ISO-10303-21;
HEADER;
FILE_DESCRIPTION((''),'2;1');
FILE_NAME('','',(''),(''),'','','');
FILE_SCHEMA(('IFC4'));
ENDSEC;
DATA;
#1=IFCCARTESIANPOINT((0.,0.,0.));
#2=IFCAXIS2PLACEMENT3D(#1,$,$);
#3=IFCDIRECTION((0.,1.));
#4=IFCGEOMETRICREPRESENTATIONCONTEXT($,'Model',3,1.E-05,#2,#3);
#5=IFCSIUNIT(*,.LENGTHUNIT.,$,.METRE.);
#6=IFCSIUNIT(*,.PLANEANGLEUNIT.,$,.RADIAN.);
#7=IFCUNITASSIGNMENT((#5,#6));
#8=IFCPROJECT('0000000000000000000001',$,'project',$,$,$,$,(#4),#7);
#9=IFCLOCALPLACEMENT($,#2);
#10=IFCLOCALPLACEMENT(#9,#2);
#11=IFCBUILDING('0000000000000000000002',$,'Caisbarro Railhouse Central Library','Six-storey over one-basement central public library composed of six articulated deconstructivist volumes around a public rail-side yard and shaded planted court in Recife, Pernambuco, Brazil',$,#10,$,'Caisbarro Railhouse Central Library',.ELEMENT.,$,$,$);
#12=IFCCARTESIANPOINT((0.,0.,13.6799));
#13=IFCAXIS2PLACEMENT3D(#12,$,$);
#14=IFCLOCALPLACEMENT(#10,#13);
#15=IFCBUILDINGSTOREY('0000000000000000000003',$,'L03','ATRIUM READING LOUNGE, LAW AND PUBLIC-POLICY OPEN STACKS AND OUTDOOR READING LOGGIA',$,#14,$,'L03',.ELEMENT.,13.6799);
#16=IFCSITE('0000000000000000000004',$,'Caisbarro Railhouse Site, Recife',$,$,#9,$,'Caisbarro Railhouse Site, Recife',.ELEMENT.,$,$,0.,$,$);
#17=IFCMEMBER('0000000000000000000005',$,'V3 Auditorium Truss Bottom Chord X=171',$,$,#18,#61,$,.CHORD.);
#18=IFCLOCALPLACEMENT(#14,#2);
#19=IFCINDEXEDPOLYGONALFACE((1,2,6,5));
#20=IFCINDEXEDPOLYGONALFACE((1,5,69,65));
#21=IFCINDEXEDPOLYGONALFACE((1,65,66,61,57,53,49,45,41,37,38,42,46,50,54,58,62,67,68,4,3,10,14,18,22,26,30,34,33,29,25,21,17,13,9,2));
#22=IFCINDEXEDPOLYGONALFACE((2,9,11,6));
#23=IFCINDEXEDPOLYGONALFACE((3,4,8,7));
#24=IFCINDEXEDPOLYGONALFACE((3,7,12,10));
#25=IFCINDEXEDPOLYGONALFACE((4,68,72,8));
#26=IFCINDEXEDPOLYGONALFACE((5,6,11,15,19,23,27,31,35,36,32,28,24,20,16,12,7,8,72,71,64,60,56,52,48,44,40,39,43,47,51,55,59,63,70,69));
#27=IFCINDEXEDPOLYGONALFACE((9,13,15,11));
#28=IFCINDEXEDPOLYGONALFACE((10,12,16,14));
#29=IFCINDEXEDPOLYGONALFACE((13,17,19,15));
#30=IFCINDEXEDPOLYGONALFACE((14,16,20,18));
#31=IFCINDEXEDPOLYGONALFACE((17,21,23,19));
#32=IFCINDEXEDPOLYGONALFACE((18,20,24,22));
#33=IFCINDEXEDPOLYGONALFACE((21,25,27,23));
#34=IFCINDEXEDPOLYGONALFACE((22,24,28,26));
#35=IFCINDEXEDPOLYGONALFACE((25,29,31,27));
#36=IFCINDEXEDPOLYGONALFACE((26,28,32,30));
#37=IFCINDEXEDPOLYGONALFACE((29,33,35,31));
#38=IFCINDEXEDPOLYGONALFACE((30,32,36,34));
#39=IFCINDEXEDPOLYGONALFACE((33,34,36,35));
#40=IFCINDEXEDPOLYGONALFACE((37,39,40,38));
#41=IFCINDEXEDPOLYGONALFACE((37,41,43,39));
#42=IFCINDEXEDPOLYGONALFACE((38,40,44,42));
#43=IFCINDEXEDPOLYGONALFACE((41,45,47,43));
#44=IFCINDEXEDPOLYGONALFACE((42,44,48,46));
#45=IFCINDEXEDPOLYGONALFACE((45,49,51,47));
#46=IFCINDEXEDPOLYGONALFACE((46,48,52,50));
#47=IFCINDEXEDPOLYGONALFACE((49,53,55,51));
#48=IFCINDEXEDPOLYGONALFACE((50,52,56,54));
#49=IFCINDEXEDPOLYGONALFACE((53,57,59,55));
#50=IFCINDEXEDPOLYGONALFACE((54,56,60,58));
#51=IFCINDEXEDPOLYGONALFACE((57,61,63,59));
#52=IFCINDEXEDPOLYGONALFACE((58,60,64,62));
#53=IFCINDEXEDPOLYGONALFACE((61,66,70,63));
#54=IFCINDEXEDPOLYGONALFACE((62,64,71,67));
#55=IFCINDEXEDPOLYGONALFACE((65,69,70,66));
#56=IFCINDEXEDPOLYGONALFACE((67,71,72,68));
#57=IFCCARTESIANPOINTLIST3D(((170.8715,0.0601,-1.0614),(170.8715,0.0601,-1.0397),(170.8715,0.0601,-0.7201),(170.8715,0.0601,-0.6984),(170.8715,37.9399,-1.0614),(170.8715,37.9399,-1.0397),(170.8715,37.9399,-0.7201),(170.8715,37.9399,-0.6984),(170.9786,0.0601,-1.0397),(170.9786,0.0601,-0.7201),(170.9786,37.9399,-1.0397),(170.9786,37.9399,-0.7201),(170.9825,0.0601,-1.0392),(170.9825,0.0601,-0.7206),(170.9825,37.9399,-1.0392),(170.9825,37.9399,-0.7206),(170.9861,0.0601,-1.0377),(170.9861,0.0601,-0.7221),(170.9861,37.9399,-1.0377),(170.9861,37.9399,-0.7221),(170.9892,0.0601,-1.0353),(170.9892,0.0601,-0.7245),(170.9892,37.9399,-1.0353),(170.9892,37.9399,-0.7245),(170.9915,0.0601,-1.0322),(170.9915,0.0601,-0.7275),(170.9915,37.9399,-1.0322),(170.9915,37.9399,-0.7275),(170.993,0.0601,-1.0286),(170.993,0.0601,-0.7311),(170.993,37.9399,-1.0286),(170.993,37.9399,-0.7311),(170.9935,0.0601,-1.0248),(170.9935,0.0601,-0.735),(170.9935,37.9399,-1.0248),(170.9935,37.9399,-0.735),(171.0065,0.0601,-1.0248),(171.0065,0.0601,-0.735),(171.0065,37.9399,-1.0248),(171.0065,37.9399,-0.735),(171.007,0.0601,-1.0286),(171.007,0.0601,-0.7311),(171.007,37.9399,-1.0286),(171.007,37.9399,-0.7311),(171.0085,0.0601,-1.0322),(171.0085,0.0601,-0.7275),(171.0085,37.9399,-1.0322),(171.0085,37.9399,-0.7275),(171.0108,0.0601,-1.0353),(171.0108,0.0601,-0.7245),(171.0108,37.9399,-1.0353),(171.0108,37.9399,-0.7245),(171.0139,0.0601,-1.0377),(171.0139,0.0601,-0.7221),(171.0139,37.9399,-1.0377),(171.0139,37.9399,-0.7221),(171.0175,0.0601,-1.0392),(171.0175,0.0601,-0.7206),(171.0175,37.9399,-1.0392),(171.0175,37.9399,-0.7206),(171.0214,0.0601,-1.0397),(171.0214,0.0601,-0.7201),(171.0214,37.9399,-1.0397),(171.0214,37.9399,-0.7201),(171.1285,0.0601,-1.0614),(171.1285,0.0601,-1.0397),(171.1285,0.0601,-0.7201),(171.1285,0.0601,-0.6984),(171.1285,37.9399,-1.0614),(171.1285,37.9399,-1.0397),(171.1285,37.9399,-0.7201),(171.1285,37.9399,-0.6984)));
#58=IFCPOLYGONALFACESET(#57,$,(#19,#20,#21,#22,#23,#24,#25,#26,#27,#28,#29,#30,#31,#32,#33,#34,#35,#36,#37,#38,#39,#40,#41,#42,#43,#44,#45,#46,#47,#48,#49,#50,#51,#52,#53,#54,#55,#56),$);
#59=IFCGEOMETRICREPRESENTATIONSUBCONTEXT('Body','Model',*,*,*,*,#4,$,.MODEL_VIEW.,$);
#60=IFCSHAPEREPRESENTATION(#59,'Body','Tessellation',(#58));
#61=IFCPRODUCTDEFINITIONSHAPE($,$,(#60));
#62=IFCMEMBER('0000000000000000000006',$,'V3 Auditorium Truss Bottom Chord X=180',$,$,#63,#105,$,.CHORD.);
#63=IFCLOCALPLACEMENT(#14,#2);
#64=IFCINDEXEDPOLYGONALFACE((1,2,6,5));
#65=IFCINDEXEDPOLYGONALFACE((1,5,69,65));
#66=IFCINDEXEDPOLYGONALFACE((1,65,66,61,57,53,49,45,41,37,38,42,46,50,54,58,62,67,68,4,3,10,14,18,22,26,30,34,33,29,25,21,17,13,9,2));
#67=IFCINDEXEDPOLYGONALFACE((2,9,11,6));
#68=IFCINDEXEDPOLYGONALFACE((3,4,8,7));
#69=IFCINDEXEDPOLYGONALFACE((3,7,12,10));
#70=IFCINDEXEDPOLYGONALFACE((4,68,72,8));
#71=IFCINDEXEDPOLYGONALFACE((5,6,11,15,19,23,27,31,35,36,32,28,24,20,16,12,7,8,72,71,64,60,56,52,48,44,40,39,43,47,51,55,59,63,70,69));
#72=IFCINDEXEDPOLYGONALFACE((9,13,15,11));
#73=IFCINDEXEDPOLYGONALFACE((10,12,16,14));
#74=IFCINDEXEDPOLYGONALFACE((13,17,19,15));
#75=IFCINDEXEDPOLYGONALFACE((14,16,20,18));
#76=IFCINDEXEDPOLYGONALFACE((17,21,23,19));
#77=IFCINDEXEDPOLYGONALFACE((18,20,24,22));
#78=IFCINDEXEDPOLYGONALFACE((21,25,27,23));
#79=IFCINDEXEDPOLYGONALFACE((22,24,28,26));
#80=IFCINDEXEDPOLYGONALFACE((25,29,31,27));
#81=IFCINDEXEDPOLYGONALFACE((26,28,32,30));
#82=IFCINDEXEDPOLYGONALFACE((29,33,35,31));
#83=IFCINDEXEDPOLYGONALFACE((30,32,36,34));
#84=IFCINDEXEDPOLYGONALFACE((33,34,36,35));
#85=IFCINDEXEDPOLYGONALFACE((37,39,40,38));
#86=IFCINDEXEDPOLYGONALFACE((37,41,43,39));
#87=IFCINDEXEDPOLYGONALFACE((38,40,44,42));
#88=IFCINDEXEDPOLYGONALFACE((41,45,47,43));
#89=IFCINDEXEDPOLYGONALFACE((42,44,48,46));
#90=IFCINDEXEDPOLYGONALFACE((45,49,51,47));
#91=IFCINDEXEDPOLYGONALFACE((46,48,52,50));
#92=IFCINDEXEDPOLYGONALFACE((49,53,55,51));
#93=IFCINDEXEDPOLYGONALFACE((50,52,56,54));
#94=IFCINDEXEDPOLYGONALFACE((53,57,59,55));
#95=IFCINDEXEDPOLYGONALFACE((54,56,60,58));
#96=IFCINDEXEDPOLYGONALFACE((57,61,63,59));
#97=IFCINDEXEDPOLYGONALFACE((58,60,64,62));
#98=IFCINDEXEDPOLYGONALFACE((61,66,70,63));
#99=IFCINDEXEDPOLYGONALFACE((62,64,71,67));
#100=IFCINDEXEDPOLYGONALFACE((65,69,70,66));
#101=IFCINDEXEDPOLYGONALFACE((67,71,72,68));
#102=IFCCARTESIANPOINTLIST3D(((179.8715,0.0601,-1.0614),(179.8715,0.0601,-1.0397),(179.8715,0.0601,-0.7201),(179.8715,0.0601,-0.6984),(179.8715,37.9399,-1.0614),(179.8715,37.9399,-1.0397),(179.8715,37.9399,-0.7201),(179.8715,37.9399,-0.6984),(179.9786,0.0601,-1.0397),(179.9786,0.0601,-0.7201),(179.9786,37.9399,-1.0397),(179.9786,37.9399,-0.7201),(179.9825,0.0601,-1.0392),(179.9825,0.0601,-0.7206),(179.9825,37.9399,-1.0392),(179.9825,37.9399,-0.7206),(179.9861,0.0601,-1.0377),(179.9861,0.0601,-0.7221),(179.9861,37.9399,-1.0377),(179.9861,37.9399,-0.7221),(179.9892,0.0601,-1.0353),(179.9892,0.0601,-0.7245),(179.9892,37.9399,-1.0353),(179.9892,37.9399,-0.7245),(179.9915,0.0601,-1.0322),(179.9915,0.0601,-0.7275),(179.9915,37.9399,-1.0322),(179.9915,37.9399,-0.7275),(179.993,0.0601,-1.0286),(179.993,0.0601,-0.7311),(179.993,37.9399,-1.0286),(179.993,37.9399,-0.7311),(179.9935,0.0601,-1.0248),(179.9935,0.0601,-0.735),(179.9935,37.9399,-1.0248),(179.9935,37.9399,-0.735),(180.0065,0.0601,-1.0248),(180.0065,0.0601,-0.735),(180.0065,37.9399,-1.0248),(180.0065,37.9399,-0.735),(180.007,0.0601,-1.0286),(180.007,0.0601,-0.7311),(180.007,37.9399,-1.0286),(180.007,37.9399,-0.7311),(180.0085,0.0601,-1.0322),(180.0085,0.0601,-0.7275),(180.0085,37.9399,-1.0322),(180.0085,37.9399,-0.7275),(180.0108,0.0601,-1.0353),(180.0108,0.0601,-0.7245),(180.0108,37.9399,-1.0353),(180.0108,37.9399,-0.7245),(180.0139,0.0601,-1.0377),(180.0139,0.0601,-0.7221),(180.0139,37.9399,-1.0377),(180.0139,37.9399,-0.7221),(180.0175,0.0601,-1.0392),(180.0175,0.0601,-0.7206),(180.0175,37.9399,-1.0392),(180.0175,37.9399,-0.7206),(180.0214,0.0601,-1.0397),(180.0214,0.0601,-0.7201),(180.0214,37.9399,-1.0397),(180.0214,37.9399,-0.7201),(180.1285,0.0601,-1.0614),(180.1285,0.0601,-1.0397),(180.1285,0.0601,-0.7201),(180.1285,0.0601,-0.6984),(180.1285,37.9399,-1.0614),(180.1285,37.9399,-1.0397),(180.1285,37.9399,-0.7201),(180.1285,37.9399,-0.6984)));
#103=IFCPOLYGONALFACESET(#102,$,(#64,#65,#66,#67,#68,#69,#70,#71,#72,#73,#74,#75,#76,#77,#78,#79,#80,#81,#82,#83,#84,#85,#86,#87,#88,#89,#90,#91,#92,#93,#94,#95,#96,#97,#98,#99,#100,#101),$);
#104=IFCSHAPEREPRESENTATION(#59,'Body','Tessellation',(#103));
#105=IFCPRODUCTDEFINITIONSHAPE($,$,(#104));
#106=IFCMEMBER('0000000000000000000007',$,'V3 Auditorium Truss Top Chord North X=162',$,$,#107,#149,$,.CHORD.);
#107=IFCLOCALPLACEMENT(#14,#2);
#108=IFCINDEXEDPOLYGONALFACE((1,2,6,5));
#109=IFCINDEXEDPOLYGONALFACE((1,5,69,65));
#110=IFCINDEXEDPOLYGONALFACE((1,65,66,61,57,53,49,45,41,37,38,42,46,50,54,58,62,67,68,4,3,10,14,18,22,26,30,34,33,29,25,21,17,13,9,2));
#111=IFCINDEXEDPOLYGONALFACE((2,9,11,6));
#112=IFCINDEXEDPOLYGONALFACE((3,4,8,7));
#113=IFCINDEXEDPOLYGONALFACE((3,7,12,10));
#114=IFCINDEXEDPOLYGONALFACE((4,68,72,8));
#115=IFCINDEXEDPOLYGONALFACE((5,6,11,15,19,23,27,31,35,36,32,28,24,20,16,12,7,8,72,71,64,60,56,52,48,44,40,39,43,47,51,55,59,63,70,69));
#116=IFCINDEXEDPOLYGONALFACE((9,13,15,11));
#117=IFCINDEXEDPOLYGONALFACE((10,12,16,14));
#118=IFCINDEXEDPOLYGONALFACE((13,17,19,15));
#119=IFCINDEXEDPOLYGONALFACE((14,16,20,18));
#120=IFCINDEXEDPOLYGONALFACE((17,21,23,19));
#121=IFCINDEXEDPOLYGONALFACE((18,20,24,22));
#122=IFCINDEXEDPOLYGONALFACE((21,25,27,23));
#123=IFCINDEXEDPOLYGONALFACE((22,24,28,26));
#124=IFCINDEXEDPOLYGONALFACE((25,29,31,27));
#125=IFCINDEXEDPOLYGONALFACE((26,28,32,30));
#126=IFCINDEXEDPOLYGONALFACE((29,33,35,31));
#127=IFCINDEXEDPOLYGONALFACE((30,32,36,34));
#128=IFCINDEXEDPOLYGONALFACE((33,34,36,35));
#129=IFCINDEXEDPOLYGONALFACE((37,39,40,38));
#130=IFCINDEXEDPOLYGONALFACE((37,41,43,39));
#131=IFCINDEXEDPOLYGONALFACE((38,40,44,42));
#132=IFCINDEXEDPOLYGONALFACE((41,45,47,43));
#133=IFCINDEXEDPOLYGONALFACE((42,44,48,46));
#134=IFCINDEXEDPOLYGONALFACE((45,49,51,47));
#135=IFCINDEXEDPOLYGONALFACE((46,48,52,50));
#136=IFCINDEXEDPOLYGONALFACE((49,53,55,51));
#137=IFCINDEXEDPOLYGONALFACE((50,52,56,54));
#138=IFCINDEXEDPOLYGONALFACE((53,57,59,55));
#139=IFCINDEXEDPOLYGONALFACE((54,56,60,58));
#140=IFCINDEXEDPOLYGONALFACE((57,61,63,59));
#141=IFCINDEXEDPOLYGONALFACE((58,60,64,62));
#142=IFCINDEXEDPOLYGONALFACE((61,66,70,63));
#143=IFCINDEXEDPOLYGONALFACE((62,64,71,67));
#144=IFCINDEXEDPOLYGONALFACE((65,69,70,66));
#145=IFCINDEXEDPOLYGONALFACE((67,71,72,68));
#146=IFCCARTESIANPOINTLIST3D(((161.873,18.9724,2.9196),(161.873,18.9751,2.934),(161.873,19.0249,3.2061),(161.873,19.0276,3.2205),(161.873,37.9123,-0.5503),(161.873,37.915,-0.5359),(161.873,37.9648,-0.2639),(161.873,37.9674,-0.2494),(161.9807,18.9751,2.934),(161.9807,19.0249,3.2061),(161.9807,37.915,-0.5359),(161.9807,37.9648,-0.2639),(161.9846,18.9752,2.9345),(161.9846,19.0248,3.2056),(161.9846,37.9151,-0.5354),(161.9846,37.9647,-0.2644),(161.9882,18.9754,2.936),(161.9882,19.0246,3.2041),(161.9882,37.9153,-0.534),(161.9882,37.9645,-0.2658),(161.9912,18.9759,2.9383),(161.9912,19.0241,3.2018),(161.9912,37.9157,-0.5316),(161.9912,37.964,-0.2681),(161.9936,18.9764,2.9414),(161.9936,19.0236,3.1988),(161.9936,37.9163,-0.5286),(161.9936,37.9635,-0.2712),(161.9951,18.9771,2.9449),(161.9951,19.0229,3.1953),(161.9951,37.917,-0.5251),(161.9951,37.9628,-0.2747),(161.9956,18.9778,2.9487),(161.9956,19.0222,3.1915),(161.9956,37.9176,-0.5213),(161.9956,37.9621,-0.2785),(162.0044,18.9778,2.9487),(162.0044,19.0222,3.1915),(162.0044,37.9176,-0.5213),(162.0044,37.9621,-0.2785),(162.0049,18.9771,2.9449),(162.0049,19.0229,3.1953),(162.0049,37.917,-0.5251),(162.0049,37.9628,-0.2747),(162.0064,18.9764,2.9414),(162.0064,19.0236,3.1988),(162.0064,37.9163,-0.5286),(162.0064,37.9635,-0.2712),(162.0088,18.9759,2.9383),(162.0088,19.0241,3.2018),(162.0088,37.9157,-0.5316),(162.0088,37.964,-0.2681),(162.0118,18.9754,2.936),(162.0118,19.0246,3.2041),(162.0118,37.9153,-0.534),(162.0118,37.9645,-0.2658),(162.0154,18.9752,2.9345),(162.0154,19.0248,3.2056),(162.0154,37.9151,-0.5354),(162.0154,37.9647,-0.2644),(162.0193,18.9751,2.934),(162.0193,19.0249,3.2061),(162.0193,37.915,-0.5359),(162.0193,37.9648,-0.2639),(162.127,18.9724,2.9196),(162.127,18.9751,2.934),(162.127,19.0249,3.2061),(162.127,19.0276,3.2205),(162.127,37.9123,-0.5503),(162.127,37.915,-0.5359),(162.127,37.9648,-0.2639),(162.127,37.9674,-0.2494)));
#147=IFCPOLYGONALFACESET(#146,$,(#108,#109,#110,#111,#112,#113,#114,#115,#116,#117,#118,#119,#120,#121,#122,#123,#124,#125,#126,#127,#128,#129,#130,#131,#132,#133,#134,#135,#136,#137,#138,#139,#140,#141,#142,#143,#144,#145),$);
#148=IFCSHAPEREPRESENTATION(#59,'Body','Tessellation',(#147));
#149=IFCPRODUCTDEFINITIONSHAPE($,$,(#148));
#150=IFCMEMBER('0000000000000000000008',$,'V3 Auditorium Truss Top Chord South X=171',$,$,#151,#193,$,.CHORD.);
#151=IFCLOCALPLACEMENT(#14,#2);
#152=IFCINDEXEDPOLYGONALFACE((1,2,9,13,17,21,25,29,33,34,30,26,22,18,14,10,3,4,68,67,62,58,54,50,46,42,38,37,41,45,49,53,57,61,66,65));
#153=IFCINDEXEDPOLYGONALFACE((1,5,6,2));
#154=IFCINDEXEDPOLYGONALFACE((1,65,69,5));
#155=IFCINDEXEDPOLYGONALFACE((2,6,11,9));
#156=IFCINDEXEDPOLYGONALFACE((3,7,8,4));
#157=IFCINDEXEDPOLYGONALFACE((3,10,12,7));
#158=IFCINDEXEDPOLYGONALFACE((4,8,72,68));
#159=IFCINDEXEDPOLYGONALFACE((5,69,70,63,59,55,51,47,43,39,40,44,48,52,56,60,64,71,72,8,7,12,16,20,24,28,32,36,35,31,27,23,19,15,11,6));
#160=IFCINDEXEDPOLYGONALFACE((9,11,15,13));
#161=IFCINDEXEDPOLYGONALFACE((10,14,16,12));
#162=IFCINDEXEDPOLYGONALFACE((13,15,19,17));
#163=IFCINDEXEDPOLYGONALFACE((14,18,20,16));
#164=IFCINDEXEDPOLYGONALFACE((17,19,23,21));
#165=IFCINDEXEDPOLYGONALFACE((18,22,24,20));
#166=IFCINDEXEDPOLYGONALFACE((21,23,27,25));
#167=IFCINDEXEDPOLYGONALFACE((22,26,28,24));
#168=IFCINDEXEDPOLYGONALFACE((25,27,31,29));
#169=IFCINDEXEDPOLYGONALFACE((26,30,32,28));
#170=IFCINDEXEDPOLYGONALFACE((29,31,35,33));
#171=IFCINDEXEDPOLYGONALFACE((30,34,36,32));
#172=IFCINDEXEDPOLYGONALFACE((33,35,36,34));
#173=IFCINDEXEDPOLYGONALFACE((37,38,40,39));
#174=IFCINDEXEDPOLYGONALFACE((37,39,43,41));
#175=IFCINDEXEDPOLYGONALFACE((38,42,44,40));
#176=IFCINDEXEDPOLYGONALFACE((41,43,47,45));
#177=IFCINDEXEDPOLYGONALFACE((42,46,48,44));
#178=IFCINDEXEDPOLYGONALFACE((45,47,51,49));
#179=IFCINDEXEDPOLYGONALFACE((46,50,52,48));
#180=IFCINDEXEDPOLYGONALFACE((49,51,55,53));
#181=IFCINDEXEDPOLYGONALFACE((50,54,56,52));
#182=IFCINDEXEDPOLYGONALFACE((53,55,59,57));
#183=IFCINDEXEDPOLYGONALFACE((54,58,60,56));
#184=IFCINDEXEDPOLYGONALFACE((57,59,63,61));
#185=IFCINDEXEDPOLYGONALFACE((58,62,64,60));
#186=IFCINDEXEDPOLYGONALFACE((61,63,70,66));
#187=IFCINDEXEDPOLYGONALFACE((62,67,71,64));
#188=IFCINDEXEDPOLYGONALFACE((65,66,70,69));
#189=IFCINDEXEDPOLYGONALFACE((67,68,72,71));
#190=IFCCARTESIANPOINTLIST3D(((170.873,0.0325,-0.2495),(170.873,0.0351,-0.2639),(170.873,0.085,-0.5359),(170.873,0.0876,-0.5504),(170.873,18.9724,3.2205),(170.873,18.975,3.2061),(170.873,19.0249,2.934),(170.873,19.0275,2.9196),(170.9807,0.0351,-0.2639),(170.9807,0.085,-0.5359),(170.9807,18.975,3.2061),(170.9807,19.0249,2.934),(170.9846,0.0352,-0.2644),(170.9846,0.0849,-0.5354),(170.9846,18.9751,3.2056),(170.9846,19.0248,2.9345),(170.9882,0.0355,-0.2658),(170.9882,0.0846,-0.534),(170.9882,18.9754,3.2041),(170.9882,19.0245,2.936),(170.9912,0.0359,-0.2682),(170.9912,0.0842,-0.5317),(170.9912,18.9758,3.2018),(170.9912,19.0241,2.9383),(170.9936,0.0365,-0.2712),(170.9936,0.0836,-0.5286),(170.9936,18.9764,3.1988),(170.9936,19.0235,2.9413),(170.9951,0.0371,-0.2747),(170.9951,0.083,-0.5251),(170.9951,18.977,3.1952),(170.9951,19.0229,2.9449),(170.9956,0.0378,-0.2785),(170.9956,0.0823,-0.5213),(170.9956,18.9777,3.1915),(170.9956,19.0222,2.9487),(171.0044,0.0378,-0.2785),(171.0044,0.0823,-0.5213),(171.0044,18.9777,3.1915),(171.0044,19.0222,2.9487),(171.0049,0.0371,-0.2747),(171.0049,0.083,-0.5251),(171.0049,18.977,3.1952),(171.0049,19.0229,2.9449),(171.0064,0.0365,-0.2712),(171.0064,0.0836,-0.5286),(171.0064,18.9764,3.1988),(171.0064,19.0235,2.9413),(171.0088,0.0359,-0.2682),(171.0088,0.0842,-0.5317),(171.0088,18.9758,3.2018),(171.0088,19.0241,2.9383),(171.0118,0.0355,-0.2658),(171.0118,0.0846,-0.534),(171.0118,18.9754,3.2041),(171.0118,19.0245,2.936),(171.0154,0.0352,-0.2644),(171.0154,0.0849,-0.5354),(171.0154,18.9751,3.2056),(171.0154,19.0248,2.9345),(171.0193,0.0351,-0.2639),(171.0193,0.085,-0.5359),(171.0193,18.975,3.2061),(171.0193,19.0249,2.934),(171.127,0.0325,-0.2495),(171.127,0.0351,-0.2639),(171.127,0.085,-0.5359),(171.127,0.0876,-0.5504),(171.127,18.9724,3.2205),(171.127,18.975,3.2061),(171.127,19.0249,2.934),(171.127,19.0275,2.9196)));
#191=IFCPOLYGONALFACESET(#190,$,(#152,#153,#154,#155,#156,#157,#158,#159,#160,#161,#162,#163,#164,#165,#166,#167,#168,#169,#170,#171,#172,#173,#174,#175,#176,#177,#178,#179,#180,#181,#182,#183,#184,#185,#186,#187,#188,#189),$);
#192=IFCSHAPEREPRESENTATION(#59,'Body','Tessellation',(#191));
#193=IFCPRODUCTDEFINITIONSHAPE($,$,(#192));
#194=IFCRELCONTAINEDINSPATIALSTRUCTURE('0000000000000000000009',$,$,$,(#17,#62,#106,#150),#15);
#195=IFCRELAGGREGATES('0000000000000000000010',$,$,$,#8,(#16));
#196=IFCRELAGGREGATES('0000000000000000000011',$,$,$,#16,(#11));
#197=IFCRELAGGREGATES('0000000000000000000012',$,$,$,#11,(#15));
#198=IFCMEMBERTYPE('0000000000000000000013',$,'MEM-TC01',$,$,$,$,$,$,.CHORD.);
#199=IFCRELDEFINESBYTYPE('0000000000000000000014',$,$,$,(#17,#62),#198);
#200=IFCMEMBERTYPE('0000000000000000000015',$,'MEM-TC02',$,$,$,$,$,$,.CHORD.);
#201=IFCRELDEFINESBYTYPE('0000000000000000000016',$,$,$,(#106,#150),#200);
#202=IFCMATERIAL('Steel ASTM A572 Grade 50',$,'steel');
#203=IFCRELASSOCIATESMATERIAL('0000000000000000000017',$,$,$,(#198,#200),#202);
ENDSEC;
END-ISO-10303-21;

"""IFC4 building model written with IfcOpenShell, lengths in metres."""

from ifc_helpers import new_model, si_unit, direction, frame, origin, origin_2d, place, context, subcontext, project, spatial, i_section, extrude, material, material_profile, profile_set, type_object, element, save


model = new_model("IFC4")

# Units and contexts
model_context = context("Model", 3, precision=1e-05, world=origin(), true_north=direction((0.0, 1.0)))
body_context = subcontext(model_context, "Body", "Model", "MODEL_VIEW")
ifc_project = project(units=[si_unit("LENGTHUNIT", "METRE"), si_unit("PLANEANGLEUNIT", "RADIAN")], contexts=[model_context])

# Site, building, storey
site_placement = place(None, origin())
site = spatial("IfcSite", under=ifc_project, at=site_placement, Name="Caisbarro Railhouse Site, Recife", LongName="Caisbarro Railhouse Site, Recife", CompositionType="ELEMENT", RefElevation=0.0)
building_placement = place(site_placement, origin())
building = spatial("IfcBuilding", under=site, at=building_placement, Name="Caisbarro Railhouse Central Library", Description="Six-storey over one-basement central public library composed of six articulated deconstructivist volumes around a public rail-side yard and shaded planted court in Recife, Pernambuco, Brazil", LongName="Caisbarro Railhouse Central Library", CompositionType="ELEMENT")
storey_placement = place(building_placement, frame((0.0, 0.0, 13.6799)))
storey = spatial("IfcBuildingStorey", under=building, at=storey_placement, Name="L03", Description="ATRIUM READING LOUNGE, LAW AND PUBLIC-POLICY OPEN STACKS AND OUTDOOR READING LOGGIA", LongName="L03", CompositionType="ELEMENT", Elevation=13.6799)

# Members
ifc_material_1 = material(Name="Steel ASTM A572 Grade 50", Category="steel")
ifc_material_profile_1 = material_profile(ifc_material_1, i_section(OverallWidth=0.2571, OverallDepth=0.363, WebThickness=0.0129, FlangeThickness=0.0217, FilletRadius=0.0149, at=origin_2d()), Name="W360X122.0")
ifc_profile_set_1 = profile_set([ifc_material_profile_1], Name="Steel ASTM A572 Grade 50")
member_type_1 = type_object("IfcMemberType", Name="MEM-TC01", PredefinedType="CHORD", material=ifc_profile_set_1)
for number, where, z_axis, x_axis, name in (
    (1, (171.0, 0.0601, -0.8799), (0.0, 1.0, 0.0), (-1.0, 0.0, 0.0), "V3 Auditorium Truss Bottom Chord X=171"),
    (2, (180.0, 0.0601, -0.8799), (0.0, 1.0, 0.0), (-1.0, 0.0, 0.0), "V3 Auditorium Truss Bottom Chord X=180"),
):
    element("IfcMember", number, at=place(storey_placement, frame(where, z_axis=z_axis, x_axis=x_axis)), inside=storey, type_object=member_type_1, Name=name, PredefinedType="CHORD", context=body_context, shape_type="SweptSolid", body=[
        extrude(i_section(OverallWidth=0.2571, OverallDepth=0.363, WebThickness=0.0129, FlangeThickness=0.0217, FilletRadius=0.0149, at=origin_2d()), origin(), (0.0, 0.0, 1.0), 37.8799),
    ])
ifc_material_profile_2 = material_profile(ifc_material_1, i_section(OverallWidth=0.2539, OverallDepth=0.3059, WebThickness=0.0088, FlangeThickness=0.0146, FilletRadius=0.0149, at=origin_2d()), Name="W310X79.0")
ifc_profile_set_2 = profile_set([ifc_material_profile_2], Name="Steel ASTM A572 Grade 50")
member_type_2 = type_object("IfcMemberType", Name="MEM-TC02", PredefinedType="CHORD", material=ifc_profile_set_2)
for number, where, z_axis, x_axis, name in (
    (3, (162.0, 19.0, 3.0701), (0.0, 0.983628, -0.18021), (-1.0, 0.0, 0.0), "V3 Auditorium Truss Top Chord North X=162"),
    (4, (171.0, 0.0601, -0.3999), (0.0, 0.983628, 0.18021), (-1.0, 0.0, 0.0), "V3 Auditorium Truss Top Chord South X=171"),
):
    element("IfcMember", number, at=place(storey_placement, frame(where, z_axis=z_axis, x_axis=x_axis)), inside=storey, type_object=member_type_2, Name=name, PredefinedType="CHORD", context=body_context, shape_type="SweptSolid", body=[
        extrude(i_section(OverallWidth=0.2539, OverallDepth=0.3059, WebThickness=0.0088, FlangeThickness=0.0146, FilletRadius=0.0149, at=origin_2d()), origin(), (0.0, 0.0, 1.0), 19.2551),
    ])

save(model, "model.ifc")
